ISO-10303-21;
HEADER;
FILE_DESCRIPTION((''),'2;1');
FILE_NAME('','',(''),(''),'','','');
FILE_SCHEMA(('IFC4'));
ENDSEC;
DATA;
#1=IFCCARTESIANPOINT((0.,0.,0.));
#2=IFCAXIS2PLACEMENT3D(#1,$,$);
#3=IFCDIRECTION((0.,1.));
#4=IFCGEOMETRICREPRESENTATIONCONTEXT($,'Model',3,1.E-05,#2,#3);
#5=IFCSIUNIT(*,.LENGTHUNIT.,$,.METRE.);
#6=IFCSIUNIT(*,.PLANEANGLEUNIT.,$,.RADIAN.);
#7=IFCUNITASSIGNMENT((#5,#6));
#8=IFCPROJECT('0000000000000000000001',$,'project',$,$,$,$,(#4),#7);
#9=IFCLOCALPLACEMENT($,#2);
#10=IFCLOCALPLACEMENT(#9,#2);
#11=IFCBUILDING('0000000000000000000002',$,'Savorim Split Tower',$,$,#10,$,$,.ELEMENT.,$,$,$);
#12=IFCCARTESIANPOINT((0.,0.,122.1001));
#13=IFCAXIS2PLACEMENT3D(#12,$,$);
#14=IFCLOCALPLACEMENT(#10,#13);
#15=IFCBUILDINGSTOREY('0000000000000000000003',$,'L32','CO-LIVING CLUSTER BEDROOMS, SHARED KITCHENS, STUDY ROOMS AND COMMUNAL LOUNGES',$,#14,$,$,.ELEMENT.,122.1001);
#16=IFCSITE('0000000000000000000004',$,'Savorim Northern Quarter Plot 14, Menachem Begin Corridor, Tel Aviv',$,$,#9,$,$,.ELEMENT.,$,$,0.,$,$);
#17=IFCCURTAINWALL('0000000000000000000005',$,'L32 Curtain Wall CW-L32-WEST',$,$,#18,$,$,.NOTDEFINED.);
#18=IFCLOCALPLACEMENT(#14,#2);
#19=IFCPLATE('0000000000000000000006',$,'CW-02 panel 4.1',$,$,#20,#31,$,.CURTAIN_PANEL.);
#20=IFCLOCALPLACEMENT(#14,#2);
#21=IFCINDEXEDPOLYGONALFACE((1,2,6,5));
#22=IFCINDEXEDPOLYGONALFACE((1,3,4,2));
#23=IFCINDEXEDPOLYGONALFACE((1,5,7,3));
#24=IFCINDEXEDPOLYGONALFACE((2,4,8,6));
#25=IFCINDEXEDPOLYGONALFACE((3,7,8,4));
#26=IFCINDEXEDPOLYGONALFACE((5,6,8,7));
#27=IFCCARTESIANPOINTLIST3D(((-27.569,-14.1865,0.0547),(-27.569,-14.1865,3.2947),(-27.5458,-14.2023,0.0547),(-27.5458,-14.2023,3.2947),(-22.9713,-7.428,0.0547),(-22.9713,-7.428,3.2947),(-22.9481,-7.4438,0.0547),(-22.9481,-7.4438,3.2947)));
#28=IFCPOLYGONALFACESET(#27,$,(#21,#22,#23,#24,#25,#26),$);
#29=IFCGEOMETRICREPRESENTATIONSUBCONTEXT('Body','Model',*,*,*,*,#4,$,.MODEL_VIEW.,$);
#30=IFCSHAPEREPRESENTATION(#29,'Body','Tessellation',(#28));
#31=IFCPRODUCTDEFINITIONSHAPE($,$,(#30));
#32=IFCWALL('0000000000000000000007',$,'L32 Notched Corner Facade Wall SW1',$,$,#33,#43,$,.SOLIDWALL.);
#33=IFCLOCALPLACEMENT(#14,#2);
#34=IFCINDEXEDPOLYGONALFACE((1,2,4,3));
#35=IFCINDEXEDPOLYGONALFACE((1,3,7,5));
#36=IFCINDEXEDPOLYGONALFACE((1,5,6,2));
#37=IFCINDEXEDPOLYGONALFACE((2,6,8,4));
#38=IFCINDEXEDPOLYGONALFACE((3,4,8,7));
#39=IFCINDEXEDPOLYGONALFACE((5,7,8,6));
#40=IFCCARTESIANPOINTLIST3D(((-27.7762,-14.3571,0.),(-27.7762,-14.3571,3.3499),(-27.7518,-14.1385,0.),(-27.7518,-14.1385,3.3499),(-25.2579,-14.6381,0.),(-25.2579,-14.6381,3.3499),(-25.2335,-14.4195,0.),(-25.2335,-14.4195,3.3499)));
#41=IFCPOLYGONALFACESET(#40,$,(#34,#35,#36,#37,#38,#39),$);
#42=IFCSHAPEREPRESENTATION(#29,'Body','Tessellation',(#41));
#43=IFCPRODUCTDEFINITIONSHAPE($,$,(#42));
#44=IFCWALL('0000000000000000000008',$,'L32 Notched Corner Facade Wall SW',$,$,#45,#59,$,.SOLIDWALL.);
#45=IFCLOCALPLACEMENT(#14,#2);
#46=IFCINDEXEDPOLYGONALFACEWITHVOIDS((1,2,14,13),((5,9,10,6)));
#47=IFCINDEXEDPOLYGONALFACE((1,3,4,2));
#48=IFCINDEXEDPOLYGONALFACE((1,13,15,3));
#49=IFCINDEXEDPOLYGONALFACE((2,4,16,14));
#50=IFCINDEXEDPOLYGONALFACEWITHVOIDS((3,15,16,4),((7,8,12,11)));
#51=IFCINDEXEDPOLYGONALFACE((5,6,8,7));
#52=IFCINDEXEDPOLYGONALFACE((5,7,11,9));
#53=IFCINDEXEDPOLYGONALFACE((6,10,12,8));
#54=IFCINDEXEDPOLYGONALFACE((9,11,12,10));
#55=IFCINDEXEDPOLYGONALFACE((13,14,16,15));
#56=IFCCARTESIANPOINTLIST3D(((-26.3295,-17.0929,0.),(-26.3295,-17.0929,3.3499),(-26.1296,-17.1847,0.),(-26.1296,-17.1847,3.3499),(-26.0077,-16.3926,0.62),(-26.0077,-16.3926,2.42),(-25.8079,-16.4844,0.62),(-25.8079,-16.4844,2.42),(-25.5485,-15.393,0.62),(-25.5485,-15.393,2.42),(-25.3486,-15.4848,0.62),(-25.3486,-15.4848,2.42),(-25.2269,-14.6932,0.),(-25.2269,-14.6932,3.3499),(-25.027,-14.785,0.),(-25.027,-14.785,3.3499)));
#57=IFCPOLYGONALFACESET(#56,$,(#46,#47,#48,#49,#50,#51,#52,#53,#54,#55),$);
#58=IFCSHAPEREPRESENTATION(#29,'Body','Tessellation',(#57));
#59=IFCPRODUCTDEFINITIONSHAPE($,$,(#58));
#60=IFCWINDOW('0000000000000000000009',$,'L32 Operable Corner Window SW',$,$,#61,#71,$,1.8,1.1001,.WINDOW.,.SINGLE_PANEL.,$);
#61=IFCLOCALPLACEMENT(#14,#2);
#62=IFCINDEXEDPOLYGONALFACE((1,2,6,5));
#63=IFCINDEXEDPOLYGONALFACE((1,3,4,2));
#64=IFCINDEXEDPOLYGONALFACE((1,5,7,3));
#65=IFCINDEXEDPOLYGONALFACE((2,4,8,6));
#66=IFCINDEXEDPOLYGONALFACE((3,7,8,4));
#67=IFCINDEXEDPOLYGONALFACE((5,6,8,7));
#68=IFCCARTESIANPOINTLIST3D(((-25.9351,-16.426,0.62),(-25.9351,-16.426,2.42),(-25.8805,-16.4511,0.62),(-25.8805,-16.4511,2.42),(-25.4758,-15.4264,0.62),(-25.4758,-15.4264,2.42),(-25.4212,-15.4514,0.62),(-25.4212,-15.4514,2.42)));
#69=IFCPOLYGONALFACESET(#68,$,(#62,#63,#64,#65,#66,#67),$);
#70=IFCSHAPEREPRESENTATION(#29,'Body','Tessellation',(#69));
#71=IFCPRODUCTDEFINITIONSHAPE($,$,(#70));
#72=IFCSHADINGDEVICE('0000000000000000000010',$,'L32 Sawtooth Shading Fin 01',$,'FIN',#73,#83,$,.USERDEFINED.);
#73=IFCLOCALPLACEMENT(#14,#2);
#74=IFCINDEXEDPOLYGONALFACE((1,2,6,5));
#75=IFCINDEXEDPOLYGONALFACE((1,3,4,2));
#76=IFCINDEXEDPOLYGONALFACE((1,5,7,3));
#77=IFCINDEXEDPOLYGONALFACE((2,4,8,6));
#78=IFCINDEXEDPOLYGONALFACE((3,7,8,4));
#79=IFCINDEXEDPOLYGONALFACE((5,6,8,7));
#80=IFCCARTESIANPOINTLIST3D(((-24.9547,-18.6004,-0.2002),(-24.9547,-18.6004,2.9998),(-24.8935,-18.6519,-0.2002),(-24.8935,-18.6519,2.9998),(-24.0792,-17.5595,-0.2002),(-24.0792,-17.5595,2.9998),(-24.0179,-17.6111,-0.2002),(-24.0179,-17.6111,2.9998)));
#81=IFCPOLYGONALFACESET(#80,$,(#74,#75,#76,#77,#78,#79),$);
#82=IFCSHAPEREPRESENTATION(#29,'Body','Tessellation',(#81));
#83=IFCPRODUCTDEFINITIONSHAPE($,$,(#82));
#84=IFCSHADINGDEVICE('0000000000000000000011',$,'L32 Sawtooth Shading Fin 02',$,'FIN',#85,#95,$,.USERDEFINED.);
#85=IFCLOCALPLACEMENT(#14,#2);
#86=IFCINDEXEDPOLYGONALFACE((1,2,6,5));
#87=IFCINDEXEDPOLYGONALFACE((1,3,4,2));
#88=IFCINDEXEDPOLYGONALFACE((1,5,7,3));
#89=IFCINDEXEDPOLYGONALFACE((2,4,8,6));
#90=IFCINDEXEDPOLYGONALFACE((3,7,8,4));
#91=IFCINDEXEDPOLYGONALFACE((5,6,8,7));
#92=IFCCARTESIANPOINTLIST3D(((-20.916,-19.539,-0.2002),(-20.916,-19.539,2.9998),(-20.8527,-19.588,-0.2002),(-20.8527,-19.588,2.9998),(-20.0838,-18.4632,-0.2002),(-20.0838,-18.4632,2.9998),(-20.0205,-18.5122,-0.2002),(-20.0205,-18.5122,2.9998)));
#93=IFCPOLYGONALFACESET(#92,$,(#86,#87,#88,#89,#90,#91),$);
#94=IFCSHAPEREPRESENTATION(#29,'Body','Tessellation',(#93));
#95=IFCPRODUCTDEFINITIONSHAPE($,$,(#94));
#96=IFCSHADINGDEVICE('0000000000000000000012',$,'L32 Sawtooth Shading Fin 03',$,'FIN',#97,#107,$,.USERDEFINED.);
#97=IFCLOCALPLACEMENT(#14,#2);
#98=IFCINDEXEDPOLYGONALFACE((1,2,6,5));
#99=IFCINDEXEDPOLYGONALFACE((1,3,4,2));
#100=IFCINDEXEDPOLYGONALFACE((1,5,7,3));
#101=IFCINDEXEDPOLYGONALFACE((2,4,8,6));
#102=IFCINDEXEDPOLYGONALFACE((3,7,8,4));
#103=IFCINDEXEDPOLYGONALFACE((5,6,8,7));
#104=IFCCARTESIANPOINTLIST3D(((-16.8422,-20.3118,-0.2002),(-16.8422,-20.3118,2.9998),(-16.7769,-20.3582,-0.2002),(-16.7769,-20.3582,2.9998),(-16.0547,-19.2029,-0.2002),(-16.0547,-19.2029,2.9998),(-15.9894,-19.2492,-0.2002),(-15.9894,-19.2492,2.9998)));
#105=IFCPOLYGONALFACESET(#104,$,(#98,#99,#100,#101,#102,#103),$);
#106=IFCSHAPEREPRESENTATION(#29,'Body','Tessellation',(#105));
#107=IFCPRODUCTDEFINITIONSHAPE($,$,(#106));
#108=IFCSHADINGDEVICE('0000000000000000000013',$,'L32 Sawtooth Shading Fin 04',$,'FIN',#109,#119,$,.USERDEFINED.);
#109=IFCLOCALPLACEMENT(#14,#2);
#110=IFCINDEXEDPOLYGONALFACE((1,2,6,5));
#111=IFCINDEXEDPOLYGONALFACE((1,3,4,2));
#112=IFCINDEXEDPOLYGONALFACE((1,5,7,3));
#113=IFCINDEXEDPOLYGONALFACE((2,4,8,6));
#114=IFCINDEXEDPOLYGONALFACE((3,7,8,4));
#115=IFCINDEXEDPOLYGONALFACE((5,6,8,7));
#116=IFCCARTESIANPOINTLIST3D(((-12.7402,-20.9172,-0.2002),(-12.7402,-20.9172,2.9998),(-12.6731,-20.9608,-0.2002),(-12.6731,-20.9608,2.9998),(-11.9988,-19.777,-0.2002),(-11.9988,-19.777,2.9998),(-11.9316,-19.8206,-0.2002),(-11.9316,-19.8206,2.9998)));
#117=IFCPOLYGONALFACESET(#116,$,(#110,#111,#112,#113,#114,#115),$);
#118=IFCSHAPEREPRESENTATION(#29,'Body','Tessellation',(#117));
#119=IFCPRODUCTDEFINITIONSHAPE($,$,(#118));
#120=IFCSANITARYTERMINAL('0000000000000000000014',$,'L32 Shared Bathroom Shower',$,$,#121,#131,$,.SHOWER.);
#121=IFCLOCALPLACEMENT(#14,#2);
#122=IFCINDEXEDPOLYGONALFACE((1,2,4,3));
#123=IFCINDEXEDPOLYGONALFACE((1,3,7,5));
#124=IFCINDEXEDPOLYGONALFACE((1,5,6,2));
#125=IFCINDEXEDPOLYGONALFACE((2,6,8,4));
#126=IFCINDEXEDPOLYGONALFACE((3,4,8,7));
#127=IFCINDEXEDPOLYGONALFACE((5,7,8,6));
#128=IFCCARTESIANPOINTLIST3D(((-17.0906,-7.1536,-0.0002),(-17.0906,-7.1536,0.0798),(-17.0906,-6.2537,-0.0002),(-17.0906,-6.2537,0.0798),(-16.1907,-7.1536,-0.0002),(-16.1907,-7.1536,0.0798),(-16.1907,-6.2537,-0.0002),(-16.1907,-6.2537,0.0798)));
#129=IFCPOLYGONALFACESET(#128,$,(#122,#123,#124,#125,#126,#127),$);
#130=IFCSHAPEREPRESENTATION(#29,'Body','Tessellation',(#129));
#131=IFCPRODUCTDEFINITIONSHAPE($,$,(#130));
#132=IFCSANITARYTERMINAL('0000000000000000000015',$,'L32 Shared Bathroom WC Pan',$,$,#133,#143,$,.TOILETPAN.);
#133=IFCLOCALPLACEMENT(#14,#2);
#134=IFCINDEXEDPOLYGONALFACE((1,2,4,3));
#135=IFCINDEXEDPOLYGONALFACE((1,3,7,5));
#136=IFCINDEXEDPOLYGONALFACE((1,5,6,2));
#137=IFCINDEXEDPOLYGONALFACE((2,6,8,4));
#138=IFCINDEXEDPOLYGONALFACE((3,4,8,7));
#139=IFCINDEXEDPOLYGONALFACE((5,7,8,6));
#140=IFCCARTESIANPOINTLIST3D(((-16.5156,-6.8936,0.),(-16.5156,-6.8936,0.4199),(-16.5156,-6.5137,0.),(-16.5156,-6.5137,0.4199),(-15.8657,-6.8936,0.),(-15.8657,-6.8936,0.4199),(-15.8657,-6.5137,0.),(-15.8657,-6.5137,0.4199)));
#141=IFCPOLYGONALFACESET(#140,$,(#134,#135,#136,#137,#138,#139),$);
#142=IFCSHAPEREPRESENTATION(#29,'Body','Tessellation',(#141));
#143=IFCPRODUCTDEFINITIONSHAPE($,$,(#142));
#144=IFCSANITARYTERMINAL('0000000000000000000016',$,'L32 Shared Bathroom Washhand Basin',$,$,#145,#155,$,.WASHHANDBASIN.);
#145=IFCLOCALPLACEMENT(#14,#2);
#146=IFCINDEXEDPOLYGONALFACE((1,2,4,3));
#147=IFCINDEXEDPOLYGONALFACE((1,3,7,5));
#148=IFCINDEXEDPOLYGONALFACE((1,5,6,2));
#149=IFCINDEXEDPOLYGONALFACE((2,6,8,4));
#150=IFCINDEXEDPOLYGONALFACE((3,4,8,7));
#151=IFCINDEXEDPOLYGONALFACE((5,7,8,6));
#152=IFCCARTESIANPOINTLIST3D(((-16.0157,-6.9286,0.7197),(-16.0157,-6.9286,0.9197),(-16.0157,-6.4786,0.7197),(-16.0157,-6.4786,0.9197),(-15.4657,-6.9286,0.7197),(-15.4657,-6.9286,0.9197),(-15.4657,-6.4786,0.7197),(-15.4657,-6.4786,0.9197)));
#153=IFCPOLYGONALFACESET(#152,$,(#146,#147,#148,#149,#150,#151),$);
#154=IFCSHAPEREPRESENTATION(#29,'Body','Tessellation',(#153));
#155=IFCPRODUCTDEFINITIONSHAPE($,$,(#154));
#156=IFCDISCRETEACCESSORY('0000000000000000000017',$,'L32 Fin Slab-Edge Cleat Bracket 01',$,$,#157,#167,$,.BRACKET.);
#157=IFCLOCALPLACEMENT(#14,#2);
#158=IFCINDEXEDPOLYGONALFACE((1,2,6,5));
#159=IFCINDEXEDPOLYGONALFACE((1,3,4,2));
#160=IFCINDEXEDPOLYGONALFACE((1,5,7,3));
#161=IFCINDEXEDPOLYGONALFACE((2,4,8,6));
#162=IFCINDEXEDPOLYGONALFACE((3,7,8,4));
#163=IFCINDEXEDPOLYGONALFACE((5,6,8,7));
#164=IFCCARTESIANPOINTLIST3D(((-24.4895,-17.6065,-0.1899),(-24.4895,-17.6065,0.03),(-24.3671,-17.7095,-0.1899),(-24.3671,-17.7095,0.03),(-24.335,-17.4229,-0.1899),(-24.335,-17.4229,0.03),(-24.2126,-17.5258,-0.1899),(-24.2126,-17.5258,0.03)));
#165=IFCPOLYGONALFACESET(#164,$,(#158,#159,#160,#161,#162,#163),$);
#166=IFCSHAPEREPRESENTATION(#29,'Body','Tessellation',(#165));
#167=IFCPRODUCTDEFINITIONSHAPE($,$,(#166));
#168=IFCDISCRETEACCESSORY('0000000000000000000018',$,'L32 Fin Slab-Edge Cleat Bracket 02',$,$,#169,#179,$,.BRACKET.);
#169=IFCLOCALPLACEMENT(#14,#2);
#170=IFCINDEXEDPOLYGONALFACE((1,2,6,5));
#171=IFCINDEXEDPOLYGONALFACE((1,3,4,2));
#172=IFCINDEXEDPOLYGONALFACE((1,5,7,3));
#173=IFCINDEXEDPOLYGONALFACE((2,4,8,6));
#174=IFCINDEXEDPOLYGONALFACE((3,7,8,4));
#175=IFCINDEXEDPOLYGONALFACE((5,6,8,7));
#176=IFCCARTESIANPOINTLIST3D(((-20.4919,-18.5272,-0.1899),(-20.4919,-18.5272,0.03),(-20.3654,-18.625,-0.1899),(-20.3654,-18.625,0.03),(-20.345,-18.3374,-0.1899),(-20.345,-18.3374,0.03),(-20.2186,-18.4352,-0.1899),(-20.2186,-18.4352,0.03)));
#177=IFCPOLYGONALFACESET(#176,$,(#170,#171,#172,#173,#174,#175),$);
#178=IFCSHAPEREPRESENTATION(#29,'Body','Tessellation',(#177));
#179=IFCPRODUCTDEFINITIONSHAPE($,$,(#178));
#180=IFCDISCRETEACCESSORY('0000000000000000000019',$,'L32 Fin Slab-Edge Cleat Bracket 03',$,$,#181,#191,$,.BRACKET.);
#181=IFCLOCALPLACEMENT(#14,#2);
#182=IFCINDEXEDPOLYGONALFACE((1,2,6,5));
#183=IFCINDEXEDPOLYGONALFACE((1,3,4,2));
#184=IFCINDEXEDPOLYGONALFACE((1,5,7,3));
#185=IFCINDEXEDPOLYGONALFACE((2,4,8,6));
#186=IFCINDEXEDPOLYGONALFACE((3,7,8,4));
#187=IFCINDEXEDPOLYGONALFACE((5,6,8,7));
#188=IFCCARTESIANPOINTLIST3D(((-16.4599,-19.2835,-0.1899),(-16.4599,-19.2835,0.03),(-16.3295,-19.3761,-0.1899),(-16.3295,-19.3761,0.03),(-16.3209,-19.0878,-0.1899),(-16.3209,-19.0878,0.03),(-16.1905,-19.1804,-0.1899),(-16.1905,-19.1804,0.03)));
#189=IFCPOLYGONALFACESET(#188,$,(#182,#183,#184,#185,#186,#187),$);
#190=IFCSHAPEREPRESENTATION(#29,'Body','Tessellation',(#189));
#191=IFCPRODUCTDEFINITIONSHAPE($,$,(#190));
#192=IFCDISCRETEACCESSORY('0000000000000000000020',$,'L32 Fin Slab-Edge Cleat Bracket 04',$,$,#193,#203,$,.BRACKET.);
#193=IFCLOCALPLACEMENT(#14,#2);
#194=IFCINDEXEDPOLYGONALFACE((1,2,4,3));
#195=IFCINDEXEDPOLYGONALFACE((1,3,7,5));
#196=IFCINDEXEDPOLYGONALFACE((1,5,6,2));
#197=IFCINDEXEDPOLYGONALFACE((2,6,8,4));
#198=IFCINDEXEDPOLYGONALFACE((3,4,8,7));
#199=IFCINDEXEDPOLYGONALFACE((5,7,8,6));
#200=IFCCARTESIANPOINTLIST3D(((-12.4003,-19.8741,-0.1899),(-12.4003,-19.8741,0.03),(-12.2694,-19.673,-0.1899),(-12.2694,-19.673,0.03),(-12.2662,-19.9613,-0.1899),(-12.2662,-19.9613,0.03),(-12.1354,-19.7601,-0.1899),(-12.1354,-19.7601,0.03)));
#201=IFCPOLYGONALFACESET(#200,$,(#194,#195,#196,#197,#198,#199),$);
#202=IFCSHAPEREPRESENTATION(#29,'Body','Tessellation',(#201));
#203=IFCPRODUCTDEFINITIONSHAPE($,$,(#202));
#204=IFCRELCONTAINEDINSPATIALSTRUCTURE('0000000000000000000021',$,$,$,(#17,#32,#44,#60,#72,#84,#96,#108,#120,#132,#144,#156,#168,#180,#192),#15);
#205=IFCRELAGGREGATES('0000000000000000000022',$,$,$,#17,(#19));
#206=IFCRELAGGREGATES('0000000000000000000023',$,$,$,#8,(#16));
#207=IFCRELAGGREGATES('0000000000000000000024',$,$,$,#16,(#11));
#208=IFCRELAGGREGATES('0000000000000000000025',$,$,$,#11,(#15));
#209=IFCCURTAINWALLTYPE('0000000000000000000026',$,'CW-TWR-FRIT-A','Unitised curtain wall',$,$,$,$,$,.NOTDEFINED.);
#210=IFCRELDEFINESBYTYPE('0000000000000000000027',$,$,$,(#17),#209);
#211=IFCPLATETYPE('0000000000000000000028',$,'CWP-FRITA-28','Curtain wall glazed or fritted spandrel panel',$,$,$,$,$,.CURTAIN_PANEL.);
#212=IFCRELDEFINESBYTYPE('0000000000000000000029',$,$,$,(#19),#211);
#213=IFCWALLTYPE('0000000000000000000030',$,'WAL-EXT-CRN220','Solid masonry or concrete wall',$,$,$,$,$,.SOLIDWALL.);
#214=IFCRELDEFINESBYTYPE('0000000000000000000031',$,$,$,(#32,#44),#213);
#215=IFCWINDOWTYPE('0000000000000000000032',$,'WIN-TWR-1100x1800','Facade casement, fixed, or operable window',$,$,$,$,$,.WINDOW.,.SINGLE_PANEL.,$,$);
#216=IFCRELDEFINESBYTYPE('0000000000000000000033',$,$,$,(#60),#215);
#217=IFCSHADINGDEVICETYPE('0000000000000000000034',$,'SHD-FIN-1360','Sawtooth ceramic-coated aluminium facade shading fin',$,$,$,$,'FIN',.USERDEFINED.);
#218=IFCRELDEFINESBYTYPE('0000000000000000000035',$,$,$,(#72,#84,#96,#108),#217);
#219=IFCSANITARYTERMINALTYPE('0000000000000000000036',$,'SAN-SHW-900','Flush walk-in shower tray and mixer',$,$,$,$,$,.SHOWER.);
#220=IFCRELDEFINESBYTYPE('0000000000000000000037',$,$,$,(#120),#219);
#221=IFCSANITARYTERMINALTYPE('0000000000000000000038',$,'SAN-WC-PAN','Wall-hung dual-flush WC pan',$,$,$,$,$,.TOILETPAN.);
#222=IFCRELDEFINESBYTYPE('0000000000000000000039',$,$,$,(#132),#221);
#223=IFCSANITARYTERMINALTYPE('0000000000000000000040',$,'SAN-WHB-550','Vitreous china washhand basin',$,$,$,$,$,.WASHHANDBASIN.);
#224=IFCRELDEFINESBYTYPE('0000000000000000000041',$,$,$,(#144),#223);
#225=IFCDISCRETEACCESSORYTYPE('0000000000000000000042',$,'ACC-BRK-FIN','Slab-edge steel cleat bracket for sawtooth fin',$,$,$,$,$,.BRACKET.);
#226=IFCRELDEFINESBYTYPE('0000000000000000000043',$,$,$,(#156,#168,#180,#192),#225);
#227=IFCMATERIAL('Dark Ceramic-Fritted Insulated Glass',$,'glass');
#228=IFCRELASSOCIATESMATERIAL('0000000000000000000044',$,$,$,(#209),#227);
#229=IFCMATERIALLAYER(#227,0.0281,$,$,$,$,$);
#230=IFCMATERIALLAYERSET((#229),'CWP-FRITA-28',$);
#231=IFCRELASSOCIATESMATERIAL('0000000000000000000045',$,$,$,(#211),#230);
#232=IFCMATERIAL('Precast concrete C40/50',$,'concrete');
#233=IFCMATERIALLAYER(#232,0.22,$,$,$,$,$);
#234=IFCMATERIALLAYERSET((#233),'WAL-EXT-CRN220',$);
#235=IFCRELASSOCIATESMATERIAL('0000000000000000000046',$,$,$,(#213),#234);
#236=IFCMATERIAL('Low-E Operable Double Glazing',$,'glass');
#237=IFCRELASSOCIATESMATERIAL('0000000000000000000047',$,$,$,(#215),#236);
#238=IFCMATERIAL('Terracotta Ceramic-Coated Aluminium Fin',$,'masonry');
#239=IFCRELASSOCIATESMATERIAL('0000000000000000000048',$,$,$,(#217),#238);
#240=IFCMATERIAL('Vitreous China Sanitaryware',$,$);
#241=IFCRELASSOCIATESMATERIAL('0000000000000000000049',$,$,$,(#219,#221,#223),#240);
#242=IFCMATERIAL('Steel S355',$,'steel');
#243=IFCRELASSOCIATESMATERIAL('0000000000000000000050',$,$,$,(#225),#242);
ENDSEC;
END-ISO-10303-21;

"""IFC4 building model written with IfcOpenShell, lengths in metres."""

from ifc_helpers import new_model, si_unit, direction, frame, frame_2d, origin, origin_2d, place, context, subcontext, project, spatial, rectangle, extrude, material, layer, layer_set, type_object, element, fill, aggregate, save


model = new_model("IFC4")

# Units and contexts
model_context = context("Model", 3, precision=1e-05, world=origin(), true_north=direction((0.0, 1.0)))
body_context = subcontext(model_context, "Body", "Model", "MODEL_VIEW")
ifc_project = project(units=[si_unit("LENGTHUNIT", "METRE"), si_unit("PLANEANGLEUNIT", "RADIAN")], contexts=[model_context])

# Site, building, storey
site_placement = place(None, origin())
site = spatial("IfcSite", under=ifc_project, at=site_placement, Name="Savorim Northern Quarter Plot 14, Menachem Begin Corridor, Tel Aviv", CompositionType="ELEMENT", RefElevation=0.0)
building_placement = place(site_placement, origin())
building = spatial("IfcBuilding", under=site, at=building_placement, Name="Savorim Split Tower", CompositionType="ELEMENT")
storey_placement = place(building_placement, frame((0.0, 0.0, 122.1001)))
storey = spatial("IfcBuildingStorey", under=building, at=storey_placement, Name="L32", Description="CO-LIVING CLUSTER BEDROOMS, SHARED KITCHENS, STUDY ROOMS AND COMMUNAL LOUNGES", CompositionType="ELEMENT", Elevation=122.1001)

# Shared definitions
ifc_material_1 = material(Name="Steel S355", Category="steel")

# Shared definitions
ifc_material_2 = material(Name="Dark Ceramic-Fritted Insulated Glass", Category="glass")
curtain_wall_type = type_object("IfcCurtainWallType", Name="CW-TWR-FRIT-A", Description="Unitised curtain wall", PredefinedType="NOTDEFINED", material=ifc_material_2)

# Curtain wall
curtain_wall_1_placement = place(storey_placement, origin())
curtain_wall_1 = element("IfcCurtainWall", 1, at=curtain_wall_1_placement, inside=storey, type_object=curtain_wall_type, Name="L32 Curtain Wall CW-L32-WEST", PredefinedType="NOTDEFINED")

# Plate
ifc_layer_1 = layer(ifc_material_2, 0.0281)
ifc_layer_set_1 = layer_set([ifc_layer_1], Name="CWP-FRITA-28")
plate_type = type_object("IfcPlateType", Name="CWP-FRITA-28", Description="Curtain wall glazed or fritted spandrel panel", PredefinedType="CURTAIN_PANEL", material=ifc_layer_set_1)
plate_1_placement = place(storey_placement, frame((-25.2585, -10.8152, 0.0547), z_axis=(0.0, 0.0, 1.0), x_axis=(-0.562467, -0.82682, 0.0)))
plate_1 = element("IfcPlate", 2, at=plate_1_placement, type_object=plate_type, Name="CW-02 panel 4.1", PredefinedType="CURTAIN_PANEL", context=body_context, shape_type="SweptSolid", body=[
    extrude(rectangle(XDim=8.1741, YDim=0.0281, at=origin_2d()), origin(), (0.0, 0.0, 1.0), 3.24),
])
aggregate(curtain_wall_1, [plate_1])

# Wall
ifc_material_3 = material(Name="Precast concrete C40/50", Category="concrete")
ifc_layer_2 = layer(ifc_material_3, 0.22)
ifc_layer_set_2 = layer_set([ifc_layer_2], Name="WAL-EXT-CRN220")
wall_type = type_object("IfcWallType", Name="WAL-EXT-CRN220", Description="Solid masonry or concrete wall", PredefinedType="SOLIDWALL", material=ifc_layer_set_2)
wall_1_placement = place(storey_placement, frame((-25.2456, -14.5288, 0.0), z_axis=(0.0, 0.0, 1.0), x_axis=(-0.993832, 0.110897, 0.0)))
element("IfcWall", 3, at=wall_1_placement, inside=storey, type_object=wall_type, Name="L32 Notched Corner Facade Wall SW1", PredefinedType="SOLIDWALL", context=body_context, shape_type="SweptSolid", body=[
    extrude(rectangle(XDim=2.5339, YDim=0.22, at=frame_2d((1.2671, 0.0))), origin(), (0.0, 0.0, 1.0), 3.3499),
])

# Wall, opening, window
wall_2_placement = place(storey_placement, frame((-26.2295, -17.1387, 0.0), z_axis=(0.0, 0.0, 1.0), x_axis=(0.417498, 0.908678, 0.0)))
wall_2 = element("IfcWall", 4, at=wall_2_placement, inside=storey, type_object=wall_type, Name="L32 Notched Corner Facade Wall SW", PredefinedType="SOLIDWALL", context=body_context, shape_type="SweptSolid", body=[
    extrude(rectangle(XDim=2.6409, YDim=0.22, at=frame_2d((1.3203, 0.0))), origin(), (0.0, 0.0, 1.0), 3.3499),
])
opening_placement = place(wall_2_placement, frame((0.7705, 0.0, 0.6201)))
opening = element("IfcOpeningElement", 5, at=opening_placement, cuts=wall_2, PredefinedType="OPENING", context=body_context, shape_type="SweptSolid", body=[
    extrude(rectangle(XDim=1.1001, YDim=1.8, at=frame_2d((0.55, 0.8999))), frame((0.0, 0.1199, 0.0), z_axis=(0.0, -1.0, 0.0), x_axis=(1.0, 0.0, 0.0)), (0.0, 0.0, 1.0), 0.24),
])
ifc_material_4 = material(Name="Low-E Operable Double Glazing", Category="glass")
window_type = type_object("IfcWindowType", Name="WIN-TWR-1100x1800", Description="Facade casement, fixed, or operable window", PartitioningType="SINGLE_PANEL", PredefinedType="WINDOW", material=ifc_material_4)
window_placement = place(opening_placement, origin())
window = element("IfcWindow", 6, at=window_placement, inside=storey, type_object=window_type, Name="L32 Operable Corner Window SW", OverallHeight=1.8, OverallWidth=1.1001, PartitioningType="SINGLE_PANEL", PredefinedType="WINDOW", context=body_context, shape_type="SweptSolid", body=[
    extrude(rectangle(XDim=1.1001, YDim=1.8, at=frame_2d((0.55, 0.8999))), frame((0.0, 0.03, 0.0), z_axis=(0.0, -1.0, 0.0), x_axis=(1.0, 0.0, 0.0)), (0.0, 0.0, 1.0), 0.0601),
])
fill(opening, window)

# Shading devices
ifc_material_5 = material(Name="Terracotta Ceramic-Coated Aluminium Fin", Category="masonry")
shading_device_type = type_object("IfcShadingDeviceType", Name="SHD-FIN-1360", Description="Sawtooth ceramic-coated aluminium facade shading fin", ElementType="FIN", PredefinedType="USERDEFINED", material=ifc_material_5)
for number, where, z_axis, x_axis, name in (
    (7, (-24.4863, -18.1057, -0.2002), (0.0, 0.0, 1.0), (-0.643719, -0.765262, 0.0), "L32 Sawtooth Shading Fin 01"),
    (8, (-20.4683, -19.0256, -0.2002), (0.0, 0.0, 1.0), (-0.611868, -0.79096, 0.0), "L32 Sawtooth Shading Fin 02"),
    (9, (-16.4158, -19.7805, -0.2002), (0.0, 0.0, 1.0), (-0.578994, -0.815332, 0.0), "L32 Sawtooth Shading Fin 03"),
    (10, (-12.3359, -20.3689, -0.2002), (0.0, 0.0, 1.0), (-0.545148, -0.83834, 0.0), "L32 Sawtooth Shading Fin 04"),
):
    element("IfcShadingDevice", number, at=place(storey_placement, frame(where, z_axis=z_axis, x_axis=x_axis)), inside=storey, type_object=shading_device_type, Name=name, ObjectType="FIN", PredefinedType="USERDEFINED", context=body_context, shape_type="SweptSolid", body=[
        extrude(rectangle(XDim=1.3601, YDim=0.0801, at=origin_2d()), origin(), (0.0, 0.0, 1.0), 3.2),
    ])

# Sanitary terminals
ifc_material_6 = material(Name="Vitreous China Sanitaryware")
sanitary_terminal_type_1 = type_object("IfcSanitaryTerminalType", Name="SAN-SHW-900", Description="Flush walk-in shower tray and mixer", PredefinedType="SHOWER", material=ifc_material_6)
sanitary_terminal_1_placement = place(storey_placement, frame((-16.6406, -6.7036, -0.0002), z_axis=(0.0, 0.0, 1.0), x_axis=(1.0, 0.0, 0.0)))
element("IfcSanitaryTerminal", 11, at=sanitary_terminal_1_placement, inside=storey, type_object=sanitary_terminal_type_1, Name="L32 Shared Bathroom Shower", PredefinedType="SHOWER", context=body_context, shape_type="SweptSolid", body=[
    extrude(rectangle(XDim=0.8999, YDim=0.8999, at=origin_2d()), origin(), (0.0, 0.0, 1.0), 0.0801),
])
sanitary_terminal_type_2 = type_object("IfcSanitaryTerminalType", Name="SAN-WC-PAN", Description="Wall-hung dual-flush WC pan", PredefinedType="TOILETPAN", material=ifc_material_6)
sanitary_terminal_2_placement = place(storey_placement, frame((-16.1907, -6.7036, 0.0), z_axis=(0.0, 0.0, 1.0), x_axis=(1.0, 0.0, 0.0)))
element("IfcSanitaryTerminal", 12, at=sanitary_terminal_2_placement, inside=storey, type_object=sanitary_terminal_type_2, Name="L32 Shared Bathroom WC Pan", PredefinedType="TOILETPAN", context=body_context, shape_type="SweptSolid", body=[
    extrude(rectangle(XDim=0.6499, YDim=0.3799, at=origin_2d()), origin(), (0.0, 0.0, 1.0), 0.4199),
])
sanitary_terminal_type_3 = type_object("IfcSanitaryTerminalType", Name="SAN-WHB-550", Description="Vitreous china washhand basin", PredefinedType="WASHHANDBASIN", material=ifc_material_6)
sanitary_terminal_3_placement = place(storey_placement, frame((-15.7407, -6.7036, 0.7197), z_axis=(0.0, 0.0, 1.0), x_axis=(1.0, 0.0, 0.0)))
element("IfcSanitaryTerminal", 13, at=sanitary_terminal_3_placement, inside=storey, type_object=sanitary_terminal_type_3, Name="L32 Shared Bathroom Washhand Basin", PredefinedType="WASHHANDBASIN", context=body_context, shape_type="SweptSolid", body=[
    extrude(rectangle(XDim=0.55, YDim=0.45, at=origin_2d()), origin(), (0.0, 0.0, 1.0), 0.2),
])

# Discrete accessories
discrete_accessory_type = type_object("IfcDiscreteAccessoryType", Name="ACC-BRK-FIN", Description="Slab-edge steel cleat bracket for sawtooth fin", PredefinedType="BRACKET", material=ifc_material_1)
for number, where, z_axis, x_axis, name in (
    (14, (-24.3511, -17.5662, -0.1899), (0.0, 0.0, 1.0), (-0.643719, -0.765262, 0.0), "L32 Fin Slab-Edge Cleat Bracket 01"),
    (15, (-20.3552, -18.4812, -0.1899), (0.0, 0.0, 1.0), (-0.611868, -0.79096, 0.0), "L32 Fin Slab-Edge Cleat Bracket 02"),
    (16, (-16.3252, -19.2319, -0.1899), (0.0, 0.0, 1.0), (-0.578994, -0.815332, 0.0), "L32 Fin Slab-Edge Cleat Bracket 03"),
    (17, (-12.2678, -19.8171, -0.1899), (0.0, 0.0, 1.0), (-0.545148, -0.83834, 0.0), "L32 Fin Slab-Edge Cleat Bracket 04"),
):
    element("IfcDiscreteAccessory", number, at=place(storey_placement, frame(where, z_axis=z_axis, x_axis=x_axis)), inside=storey, type_object=discrete_accessory_type, Name=name, PredefinedType="BRACKET", context=body_context, shape_type="SweptSolid", body=[
        extrude(rectangle(XDim=0.24, YDim=0.1599, at=origin_2d()), origin(), (0.0, 0.0, 1.0), 0.22),
    ])

save(model, "model.ifc")
